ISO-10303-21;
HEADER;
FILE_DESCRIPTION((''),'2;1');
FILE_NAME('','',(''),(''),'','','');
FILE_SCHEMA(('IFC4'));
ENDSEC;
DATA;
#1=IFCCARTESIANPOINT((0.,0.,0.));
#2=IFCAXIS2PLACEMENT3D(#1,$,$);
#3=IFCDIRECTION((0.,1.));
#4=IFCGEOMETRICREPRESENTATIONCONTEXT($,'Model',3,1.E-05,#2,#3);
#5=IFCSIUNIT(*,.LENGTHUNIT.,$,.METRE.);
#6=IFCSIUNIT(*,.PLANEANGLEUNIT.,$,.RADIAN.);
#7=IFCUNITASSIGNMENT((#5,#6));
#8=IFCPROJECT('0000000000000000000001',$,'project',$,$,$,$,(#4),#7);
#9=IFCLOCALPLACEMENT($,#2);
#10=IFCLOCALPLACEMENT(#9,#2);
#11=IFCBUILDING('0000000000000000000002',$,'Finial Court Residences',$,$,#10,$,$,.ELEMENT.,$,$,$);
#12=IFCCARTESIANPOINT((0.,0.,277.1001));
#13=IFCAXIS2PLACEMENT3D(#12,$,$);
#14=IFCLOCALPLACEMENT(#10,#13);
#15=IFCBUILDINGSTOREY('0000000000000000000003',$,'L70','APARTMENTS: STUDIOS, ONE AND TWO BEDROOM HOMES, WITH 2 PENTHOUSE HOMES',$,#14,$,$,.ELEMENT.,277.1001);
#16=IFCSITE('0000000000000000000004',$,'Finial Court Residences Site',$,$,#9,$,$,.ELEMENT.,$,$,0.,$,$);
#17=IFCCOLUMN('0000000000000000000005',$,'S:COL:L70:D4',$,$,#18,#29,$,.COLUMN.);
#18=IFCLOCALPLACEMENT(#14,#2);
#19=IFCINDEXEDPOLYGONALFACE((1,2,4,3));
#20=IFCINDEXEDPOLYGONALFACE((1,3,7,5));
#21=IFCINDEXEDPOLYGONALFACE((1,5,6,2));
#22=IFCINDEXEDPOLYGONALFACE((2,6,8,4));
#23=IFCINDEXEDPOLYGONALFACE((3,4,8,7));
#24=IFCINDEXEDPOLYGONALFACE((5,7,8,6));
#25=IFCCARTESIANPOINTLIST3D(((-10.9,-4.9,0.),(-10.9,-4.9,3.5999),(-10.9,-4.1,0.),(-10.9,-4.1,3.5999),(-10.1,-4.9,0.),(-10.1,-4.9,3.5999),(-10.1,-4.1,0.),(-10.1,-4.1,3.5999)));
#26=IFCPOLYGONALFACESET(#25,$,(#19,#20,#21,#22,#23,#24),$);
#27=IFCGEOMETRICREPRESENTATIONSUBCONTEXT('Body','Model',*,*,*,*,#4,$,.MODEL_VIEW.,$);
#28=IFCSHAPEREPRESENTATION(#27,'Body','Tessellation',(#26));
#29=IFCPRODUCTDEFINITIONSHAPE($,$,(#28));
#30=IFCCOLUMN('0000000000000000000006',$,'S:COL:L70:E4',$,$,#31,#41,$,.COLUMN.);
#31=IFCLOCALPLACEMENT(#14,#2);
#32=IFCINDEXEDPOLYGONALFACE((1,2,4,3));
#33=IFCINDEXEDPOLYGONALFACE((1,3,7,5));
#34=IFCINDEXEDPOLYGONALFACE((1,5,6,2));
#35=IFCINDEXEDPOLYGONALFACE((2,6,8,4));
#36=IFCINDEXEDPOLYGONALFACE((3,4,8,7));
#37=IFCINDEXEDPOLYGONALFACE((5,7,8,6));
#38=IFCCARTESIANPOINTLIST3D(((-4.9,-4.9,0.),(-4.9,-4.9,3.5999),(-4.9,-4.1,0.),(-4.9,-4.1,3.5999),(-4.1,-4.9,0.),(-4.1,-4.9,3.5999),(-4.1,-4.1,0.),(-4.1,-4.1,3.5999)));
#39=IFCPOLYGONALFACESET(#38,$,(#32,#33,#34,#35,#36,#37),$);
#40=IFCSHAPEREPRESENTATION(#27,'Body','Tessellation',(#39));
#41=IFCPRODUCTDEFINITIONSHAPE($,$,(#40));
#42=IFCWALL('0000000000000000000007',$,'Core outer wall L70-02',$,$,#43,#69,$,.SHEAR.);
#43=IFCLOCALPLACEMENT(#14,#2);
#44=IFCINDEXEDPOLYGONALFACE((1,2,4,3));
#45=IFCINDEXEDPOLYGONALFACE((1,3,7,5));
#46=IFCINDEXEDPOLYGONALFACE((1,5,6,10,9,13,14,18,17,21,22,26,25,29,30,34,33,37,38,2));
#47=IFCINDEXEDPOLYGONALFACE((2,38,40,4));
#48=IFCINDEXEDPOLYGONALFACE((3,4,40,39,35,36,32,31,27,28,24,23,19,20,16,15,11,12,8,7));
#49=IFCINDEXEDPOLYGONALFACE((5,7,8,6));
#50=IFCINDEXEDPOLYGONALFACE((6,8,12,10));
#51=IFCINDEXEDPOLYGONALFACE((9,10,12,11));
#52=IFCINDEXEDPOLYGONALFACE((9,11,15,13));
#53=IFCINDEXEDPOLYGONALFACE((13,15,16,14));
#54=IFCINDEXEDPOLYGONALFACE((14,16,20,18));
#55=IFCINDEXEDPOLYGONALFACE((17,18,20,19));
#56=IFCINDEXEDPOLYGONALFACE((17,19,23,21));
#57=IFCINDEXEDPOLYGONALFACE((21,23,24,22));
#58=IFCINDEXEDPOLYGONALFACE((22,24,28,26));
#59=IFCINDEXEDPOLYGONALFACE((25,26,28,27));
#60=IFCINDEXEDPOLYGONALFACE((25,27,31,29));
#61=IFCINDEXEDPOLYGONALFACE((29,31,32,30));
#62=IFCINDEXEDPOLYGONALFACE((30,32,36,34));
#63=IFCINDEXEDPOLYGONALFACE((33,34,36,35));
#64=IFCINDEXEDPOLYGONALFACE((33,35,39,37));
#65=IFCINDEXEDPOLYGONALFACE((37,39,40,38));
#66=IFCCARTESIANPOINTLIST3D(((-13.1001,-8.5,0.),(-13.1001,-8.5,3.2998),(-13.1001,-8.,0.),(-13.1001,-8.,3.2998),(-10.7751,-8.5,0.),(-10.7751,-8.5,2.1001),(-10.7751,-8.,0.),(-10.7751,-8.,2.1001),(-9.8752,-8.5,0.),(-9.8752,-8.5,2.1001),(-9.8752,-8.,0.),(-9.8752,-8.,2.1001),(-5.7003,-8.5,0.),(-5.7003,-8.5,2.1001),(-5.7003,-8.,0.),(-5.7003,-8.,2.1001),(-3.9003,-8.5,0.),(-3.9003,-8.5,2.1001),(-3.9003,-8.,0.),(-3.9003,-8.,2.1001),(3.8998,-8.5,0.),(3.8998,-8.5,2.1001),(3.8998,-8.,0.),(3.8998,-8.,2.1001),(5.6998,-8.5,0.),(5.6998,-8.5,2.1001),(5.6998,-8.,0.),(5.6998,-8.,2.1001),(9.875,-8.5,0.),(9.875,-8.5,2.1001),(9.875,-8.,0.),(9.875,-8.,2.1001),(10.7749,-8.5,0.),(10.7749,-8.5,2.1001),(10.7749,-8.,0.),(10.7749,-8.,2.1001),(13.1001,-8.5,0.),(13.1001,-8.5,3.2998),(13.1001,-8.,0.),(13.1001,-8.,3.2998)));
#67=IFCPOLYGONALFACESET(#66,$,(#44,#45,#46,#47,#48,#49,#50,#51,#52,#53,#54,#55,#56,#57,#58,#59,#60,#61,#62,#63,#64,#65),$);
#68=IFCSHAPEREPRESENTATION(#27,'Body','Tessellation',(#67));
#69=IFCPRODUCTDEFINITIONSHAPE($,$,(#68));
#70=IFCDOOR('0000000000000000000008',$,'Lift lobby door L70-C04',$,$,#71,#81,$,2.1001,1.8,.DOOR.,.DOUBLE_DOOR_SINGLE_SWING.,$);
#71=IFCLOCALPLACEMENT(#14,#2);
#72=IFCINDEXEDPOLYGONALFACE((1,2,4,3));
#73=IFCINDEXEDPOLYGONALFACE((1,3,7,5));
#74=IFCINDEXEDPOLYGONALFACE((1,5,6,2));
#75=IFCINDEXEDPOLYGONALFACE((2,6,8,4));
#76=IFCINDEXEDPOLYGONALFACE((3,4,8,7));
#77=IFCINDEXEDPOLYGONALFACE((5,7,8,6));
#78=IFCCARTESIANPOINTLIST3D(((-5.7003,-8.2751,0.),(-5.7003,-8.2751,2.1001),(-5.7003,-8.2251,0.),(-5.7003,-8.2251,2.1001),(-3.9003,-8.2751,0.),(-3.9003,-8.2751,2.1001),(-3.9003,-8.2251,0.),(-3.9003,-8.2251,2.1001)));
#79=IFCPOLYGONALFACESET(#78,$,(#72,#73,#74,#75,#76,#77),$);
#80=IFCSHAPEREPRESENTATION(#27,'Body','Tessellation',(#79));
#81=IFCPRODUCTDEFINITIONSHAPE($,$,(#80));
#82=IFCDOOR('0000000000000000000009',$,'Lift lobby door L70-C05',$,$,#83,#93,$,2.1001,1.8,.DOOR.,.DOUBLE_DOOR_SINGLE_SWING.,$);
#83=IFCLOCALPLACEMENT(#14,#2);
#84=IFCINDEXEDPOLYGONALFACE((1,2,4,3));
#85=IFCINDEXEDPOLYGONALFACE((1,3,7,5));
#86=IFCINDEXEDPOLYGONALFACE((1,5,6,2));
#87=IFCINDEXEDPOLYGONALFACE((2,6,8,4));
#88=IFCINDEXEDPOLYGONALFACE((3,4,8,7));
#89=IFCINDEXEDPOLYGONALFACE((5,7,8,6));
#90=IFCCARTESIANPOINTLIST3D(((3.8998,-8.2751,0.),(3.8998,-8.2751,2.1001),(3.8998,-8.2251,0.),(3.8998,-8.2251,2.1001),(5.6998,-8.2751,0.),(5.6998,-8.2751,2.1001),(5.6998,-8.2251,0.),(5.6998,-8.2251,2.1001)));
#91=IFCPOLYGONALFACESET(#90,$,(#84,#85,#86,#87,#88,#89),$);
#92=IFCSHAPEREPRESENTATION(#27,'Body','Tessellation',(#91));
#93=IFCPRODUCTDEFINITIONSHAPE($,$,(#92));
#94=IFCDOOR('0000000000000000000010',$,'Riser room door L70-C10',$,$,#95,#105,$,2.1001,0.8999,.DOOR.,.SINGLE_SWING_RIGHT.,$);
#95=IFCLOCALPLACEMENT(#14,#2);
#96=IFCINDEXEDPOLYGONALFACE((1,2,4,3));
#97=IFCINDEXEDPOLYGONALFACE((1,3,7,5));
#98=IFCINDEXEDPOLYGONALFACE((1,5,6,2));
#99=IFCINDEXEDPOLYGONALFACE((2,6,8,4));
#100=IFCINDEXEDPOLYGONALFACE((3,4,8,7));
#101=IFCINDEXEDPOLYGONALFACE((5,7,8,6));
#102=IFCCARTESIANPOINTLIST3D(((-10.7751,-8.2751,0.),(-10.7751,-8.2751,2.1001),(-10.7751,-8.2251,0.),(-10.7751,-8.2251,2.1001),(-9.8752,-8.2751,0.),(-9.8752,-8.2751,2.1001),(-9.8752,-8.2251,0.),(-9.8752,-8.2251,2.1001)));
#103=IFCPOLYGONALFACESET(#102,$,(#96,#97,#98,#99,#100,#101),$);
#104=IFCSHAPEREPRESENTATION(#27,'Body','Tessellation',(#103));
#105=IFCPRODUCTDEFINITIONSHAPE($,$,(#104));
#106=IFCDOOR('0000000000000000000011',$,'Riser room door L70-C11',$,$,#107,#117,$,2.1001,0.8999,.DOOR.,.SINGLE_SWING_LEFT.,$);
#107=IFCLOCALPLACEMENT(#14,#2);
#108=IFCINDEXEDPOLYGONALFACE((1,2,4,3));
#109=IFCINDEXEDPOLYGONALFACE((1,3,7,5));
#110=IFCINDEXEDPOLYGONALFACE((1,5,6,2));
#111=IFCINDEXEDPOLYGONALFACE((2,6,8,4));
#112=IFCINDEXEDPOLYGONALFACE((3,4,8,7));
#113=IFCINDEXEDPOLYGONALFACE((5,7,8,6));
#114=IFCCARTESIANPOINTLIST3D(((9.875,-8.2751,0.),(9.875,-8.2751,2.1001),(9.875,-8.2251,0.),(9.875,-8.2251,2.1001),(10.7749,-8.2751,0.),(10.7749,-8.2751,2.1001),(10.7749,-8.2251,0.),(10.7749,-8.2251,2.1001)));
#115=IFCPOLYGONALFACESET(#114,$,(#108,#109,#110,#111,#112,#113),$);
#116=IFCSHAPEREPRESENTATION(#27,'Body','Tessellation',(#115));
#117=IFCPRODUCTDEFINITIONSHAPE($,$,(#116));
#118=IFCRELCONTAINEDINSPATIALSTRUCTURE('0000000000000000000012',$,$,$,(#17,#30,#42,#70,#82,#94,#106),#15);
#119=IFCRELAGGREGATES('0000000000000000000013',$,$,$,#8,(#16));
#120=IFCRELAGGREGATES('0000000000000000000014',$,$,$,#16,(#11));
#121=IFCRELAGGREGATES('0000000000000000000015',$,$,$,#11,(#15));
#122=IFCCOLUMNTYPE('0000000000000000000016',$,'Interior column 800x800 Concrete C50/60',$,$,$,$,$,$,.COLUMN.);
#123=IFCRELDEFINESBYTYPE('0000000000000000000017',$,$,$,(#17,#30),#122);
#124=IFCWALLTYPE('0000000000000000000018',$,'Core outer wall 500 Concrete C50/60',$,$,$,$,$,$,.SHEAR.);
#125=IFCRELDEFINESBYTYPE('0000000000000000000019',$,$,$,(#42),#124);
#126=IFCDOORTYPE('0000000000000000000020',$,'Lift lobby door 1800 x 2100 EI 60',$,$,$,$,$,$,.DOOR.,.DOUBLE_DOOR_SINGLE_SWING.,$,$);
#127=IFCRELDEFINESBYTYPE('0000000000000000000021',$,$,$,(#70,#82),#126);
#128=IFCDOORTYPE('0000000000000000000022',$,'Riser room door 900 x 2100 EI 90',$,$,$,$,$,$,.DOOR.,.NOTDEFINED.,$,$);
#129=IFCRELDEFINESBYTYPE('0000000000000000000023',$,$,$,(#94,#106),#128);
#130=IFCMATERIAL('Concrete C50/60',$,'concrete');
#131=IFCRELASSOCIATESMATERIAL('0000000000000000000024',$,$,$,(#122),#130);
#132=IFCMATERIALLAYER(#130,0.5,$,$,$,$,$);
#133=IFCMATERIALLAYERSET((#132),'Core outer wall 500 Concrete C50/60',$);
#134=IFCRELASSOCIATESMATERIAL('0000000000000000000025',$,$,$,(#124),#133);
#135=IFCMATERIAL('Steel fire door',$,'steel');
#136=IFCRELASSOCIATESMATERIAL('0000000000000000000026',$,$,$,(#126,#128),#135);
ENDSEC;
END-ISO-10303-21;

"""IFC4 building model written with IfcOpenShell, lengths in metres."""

from ifc_helpers import new_model, si_unit, direction, frame, frame_2d, origin, origin_2d, place, context, subcontext, project, spatial, rectangle, extrude, material, layer, layer_set, material_profile, profile_set, type_object, element, fill, save


model = new_model("IFC4")

# Units and contexts
model_context = context("Model", 3, precision=1e-05, world=origin(), true_north=direction((0.0, 1.0)))
body_context = subcontext(model_context, "Body", "Model", "MODEL_VIEW")
ifc_project = project(units=[si_unit("LENGTHUNIT", "METRE"), si_unit("PLANEANGLEUNIT", "RADIAN")], contexts=[model_context])

# Site, building, storey
site_placement = place(None, origin())
site = spatial("IfcSite", under=ifc_project, at=site_placement, Name="Finial Court Residences Site", CompositionType="ELEMENT", RefElevation=0.0)
building_placement = place(site_placement, origin())
building = spatial("IfcBuilding", under=site, at=building_placement, Name="Finial Court Residences", CompositionType="ELEMENT")
storey_placement = place(building_placement, frame((0.0, 0.0, 277.1001)))
storey = spatial("IfcBuildingStorey", under=building, at=storey_placement, Name="L70", Description="APARTMENTS: STUDIOS, ONE AND TWO BEDROOM HOMES, WITH 2 PENTHOUSE HOMES", CompositionType="ELEMENT", Elevation=277.1001)

# Columns
ifc_material_1 = material(Name="Concrete C50/60", Category="concrete")
ifc_material_profile = material_profile(ifc_material_1, rectangle(XDim=0.8, YDim=0.8, at=origin_2d()), Name="800x800")
ifc_profile_set = profile_set([ifc_material_profile], Name="Concrete C50/60")
column_type = type_object("IfcColumnType", Name="Interior column 800x800 Concrete C50/60", PredefinedType="COLUMN", material=ifc_profile_set)
for number, where, z_axis, x_axis, name in (
    (1, (-10.5, -4.5, 0.0), (0.0, 0.0, 1.0), (1.0, 0.0, 0.0), "S:COL:L70:D4"),
    (2, (-4.5, -4.5, 0.0), (0.0, 0.0, 1.0), (1.0, 0.0, 0.0), "S:COL:L70:E4"),
):
    element("IfcColumn", number, at=place(storey_placement, frame(where, z_axis=z_axis, x_axis=x_axis)), inside=storey, type_object=column_type, Name=name, PredefinedType="COLUMN", context=body_context, shape_type="SweptSolid", body=[
        extrude(rectangle(XDim=0.8, YDim=0.8, at=origin_2d()), origin(), (0.0, 0.0, 1.0), 3.5999),
    ])

# Wall, openings, doors
ifc_layer_1 = layer(ifc_material_1, 0.5)
ifc_layer_set_1 = layer_set([ifc_layer_1], Name="Core outer wall 500 Concrete C50/60")
wall_type_1 = type_object("IfcWallType", Name="Core outer wall 500 Concrete C50/60", PredefinedType="SHEAR", material=ifc_layer_set_1)
wall_1_placement = place(storey_placement, frame((-13.1001, -8.25, 0.0), z_axis=(0.0, 0.0, 1.0), x_axis=(1.0, 0.0, 0.0)))
wall_1 = element("IfcWall", 3, at=wall_1_placement, inside=storey, type_object=wall_type_1, Name="Core outer wall L70-02", PredefinedType="SHEAR", context=body_context, shape_type="SweptSolid", body=[
    extrude(rectangle(XDim=26.2002, YDim=0.5, at=frame_2d((13.1001, 0.0))), origin(), (0.0, 0.0, 1.0), 3.2998),
])
opening_1_placement = place(wall_1_placement, frame((7.3999, 0.0, 0.0)))
opening_1 = element("IfcOpeningElement", 4, at=opening_1_placement, cuts=wall_1, PredefinedType="OPENING", context=body_context, shape_type="SweptSolid", body=[
    extrude(rectangle(XDim=1.8, YDim=2.1001, at=frame_2d((0.8999, 1.05))), frame((0.0, 0.26, 0.0), z_axis=(0.0, -1.0, 0.0), x_axis=(1.0, 0.0, 0.0)), (0.0, 0.0, 1.0), 0.52),
])
opening_2_placement = place(wall_1_placement, frame((17.0, 0.0, 0.0)))
opening_2 = element("IfcOpeningElement", 5, at=opening_2_placement, cuts=wall_1, PredefinedType="OPENING", context=body_context, shape_type="SweptSolid", body=[
    extrude(rectangle(XDim=1.8, YDim=2.1001, at=frame_2d((0.8999, 1.05))), frame((0.0, 0.26, 0.0), z_axis=(0.0, -1.0, 0.0), x_axis=(1.0, 0.0, 0.0)), (0.0, 0.0, 1.0), 0.52),
])
opening_3_placement = place(wall_1_placement, frame((2.325, 0.0, 0.0)))
opening_3 = element("IfcOpeningElement", 6, at=opening_3_placement, cuts=wall_1, PredefinedType="OPENING", context=body_context, shape_type="SweptSolid", body=[
    extrude(rectangle(XDim=0.8999, YDim=2.1001, at=frame_2d((0.45, 1.05))), frame((0.0, 0.26, 0.0), z_axis=(0.0, -1.0, 0.0), x_axis=(1.0, 0.0, 0.0)), (0.0, 0.0, 1.0), 0.52),
])
opening_4_placement = place(wall_1_placement, frame((22.9751, 0.0, 0.0)))
opening_4 = element("IfcOpeningElement", 7, at=opening_4_placement, cuts=wall_1, PredefinedType="OPENING", context=body_context, shape_type="SweptSolid", body=[
    extrude(rectangle(XDim=0.8999, YDim=2.1001, at=frame_2d((0.45, 1.05))), frame((0.0, 0.26, 0.0), z_axis=(0.0, -1.0, 0.0), x_axis=(1.0, 0.0, 0.0)), (0.0, 0.0, 1.0), 0.52),
])
ifc_material_2 = material(Name="Steel fire door", Category="steel")
door_type_1 = type_object("IfcDoorType", Name="Lift lobby door 1800 x 2100 EI 60", OperationType="DOUBLE_DOOR_SINGLE_SWING", PredefinedType="DOOR", material=ifc_material_2)
door_1_placement = place(opening_1_placement, origin())
door_1 = element("IfcDoor", 8, at=door_1_placement, inside=storey, type_object=door_type_1, Name="Lift lobby door L70-C04", OperationType="DOUBLE_DOOR_SINGLE_SWING", OverallHeight=2.1001, OverallWidth=1.8, PredefinedType="DOOR", context=body_context, shape_type="SweptSolid", body=[
    extrude(rectangle(XDim=1.8, YDim=2.1001, at=frame_2d((0.8999, 1.05))), frame((0.0, 0.0249, 0.0), z_axis=(0.0, -1.0, 0.0), x_axis=(1.0, 0.0, 0.0)), (0.0, 0.0, 1.0), 0.05),
])
fill(opening_1, door_1)
door_2_placement = place(opening_2_placement, origin())
door_2 = element("IfcDoor", 9, at=door_2_placement, inside=storey, type_object=door_type_1, Name="Lift lobby door L70-C05", OperationType="DOUBLE_DOOR_SINGLE_SWING", OverallHeight=2.1001, OverallWidth=1.8, PredefinedType="DOOR", context=body_context, shape_type="SweptSolid", body=[
    extrude(rectangle(XDim=1.8, YDim=2.1001, at=frame_2d((0.8999, 1.05))), frame((0.0, 0.0249, 0.0), z_axis=(0.0, -1.0, 0.0), x_axis=(1.0, 0.0, 0.0)), (0.0, 0.0, 1.0), 0.05),
])
fill(opening_2, door_2)
door_type_2 = type_object("IfcDoorType", Name="Riser room door 900 x 2100 EI 90", OperationType="NOTDEFINED", PredefinedType="DOOR", material=ifc_material_2)
door_3_placement = place(opening_3_placement, origin())
door_3 = element("IfcDoor", 10, at=door_3_placement, inside=storey, type_object=door_type_2, Name="Riser room door L70-C10", OperationType="SINGLE_SWING_RIGHT", OverallHeight=2.1001, OverallWidth=0.8999, PredefinedType="DOOR", context=body_context, shape_type="SweptSolid", body=[
    extrude(rectangle(XDim=0.8999, YDim=2.1001, at=frame_2d((0.45, 1.05))), frame((0.0, 0.0249, 0.0), z_axis=(0.0, -1.0, 0.0), x_axis=(1.0, 0.0, 0.0)), (0.0, 0.0, 1.0), 0.05),
])
fill(opening_3, door_3)
door_4_placement = place(opening_4_placement, origin())
door_4 = element("IfcDoor", 11, at=door_4_placement, inside=storey, type_object=door_type_2, Name="Riser room door L70-C11", OperationType="SINGLE_SWING_LEFT", OverallHeight=2.1001, OverallWidth=0.8999, PredefinedType="DOOR", context=body_context, shape_type="SweptSolid", body=[
    extrude(rectangle(XDim=0.8999, YDim=2.1001, at=frame_2d((0.45, 1.05))), frame((0.0, 0.0249, 0.0), z_axis=(0.0, -1.0, 0.0), x_axis=(1.0, 0.0, 0.0)), (0.0, 0.0, 1.0), 0.05),
])
fill(opening_4, door_4)

save(model, "model.ifc")
